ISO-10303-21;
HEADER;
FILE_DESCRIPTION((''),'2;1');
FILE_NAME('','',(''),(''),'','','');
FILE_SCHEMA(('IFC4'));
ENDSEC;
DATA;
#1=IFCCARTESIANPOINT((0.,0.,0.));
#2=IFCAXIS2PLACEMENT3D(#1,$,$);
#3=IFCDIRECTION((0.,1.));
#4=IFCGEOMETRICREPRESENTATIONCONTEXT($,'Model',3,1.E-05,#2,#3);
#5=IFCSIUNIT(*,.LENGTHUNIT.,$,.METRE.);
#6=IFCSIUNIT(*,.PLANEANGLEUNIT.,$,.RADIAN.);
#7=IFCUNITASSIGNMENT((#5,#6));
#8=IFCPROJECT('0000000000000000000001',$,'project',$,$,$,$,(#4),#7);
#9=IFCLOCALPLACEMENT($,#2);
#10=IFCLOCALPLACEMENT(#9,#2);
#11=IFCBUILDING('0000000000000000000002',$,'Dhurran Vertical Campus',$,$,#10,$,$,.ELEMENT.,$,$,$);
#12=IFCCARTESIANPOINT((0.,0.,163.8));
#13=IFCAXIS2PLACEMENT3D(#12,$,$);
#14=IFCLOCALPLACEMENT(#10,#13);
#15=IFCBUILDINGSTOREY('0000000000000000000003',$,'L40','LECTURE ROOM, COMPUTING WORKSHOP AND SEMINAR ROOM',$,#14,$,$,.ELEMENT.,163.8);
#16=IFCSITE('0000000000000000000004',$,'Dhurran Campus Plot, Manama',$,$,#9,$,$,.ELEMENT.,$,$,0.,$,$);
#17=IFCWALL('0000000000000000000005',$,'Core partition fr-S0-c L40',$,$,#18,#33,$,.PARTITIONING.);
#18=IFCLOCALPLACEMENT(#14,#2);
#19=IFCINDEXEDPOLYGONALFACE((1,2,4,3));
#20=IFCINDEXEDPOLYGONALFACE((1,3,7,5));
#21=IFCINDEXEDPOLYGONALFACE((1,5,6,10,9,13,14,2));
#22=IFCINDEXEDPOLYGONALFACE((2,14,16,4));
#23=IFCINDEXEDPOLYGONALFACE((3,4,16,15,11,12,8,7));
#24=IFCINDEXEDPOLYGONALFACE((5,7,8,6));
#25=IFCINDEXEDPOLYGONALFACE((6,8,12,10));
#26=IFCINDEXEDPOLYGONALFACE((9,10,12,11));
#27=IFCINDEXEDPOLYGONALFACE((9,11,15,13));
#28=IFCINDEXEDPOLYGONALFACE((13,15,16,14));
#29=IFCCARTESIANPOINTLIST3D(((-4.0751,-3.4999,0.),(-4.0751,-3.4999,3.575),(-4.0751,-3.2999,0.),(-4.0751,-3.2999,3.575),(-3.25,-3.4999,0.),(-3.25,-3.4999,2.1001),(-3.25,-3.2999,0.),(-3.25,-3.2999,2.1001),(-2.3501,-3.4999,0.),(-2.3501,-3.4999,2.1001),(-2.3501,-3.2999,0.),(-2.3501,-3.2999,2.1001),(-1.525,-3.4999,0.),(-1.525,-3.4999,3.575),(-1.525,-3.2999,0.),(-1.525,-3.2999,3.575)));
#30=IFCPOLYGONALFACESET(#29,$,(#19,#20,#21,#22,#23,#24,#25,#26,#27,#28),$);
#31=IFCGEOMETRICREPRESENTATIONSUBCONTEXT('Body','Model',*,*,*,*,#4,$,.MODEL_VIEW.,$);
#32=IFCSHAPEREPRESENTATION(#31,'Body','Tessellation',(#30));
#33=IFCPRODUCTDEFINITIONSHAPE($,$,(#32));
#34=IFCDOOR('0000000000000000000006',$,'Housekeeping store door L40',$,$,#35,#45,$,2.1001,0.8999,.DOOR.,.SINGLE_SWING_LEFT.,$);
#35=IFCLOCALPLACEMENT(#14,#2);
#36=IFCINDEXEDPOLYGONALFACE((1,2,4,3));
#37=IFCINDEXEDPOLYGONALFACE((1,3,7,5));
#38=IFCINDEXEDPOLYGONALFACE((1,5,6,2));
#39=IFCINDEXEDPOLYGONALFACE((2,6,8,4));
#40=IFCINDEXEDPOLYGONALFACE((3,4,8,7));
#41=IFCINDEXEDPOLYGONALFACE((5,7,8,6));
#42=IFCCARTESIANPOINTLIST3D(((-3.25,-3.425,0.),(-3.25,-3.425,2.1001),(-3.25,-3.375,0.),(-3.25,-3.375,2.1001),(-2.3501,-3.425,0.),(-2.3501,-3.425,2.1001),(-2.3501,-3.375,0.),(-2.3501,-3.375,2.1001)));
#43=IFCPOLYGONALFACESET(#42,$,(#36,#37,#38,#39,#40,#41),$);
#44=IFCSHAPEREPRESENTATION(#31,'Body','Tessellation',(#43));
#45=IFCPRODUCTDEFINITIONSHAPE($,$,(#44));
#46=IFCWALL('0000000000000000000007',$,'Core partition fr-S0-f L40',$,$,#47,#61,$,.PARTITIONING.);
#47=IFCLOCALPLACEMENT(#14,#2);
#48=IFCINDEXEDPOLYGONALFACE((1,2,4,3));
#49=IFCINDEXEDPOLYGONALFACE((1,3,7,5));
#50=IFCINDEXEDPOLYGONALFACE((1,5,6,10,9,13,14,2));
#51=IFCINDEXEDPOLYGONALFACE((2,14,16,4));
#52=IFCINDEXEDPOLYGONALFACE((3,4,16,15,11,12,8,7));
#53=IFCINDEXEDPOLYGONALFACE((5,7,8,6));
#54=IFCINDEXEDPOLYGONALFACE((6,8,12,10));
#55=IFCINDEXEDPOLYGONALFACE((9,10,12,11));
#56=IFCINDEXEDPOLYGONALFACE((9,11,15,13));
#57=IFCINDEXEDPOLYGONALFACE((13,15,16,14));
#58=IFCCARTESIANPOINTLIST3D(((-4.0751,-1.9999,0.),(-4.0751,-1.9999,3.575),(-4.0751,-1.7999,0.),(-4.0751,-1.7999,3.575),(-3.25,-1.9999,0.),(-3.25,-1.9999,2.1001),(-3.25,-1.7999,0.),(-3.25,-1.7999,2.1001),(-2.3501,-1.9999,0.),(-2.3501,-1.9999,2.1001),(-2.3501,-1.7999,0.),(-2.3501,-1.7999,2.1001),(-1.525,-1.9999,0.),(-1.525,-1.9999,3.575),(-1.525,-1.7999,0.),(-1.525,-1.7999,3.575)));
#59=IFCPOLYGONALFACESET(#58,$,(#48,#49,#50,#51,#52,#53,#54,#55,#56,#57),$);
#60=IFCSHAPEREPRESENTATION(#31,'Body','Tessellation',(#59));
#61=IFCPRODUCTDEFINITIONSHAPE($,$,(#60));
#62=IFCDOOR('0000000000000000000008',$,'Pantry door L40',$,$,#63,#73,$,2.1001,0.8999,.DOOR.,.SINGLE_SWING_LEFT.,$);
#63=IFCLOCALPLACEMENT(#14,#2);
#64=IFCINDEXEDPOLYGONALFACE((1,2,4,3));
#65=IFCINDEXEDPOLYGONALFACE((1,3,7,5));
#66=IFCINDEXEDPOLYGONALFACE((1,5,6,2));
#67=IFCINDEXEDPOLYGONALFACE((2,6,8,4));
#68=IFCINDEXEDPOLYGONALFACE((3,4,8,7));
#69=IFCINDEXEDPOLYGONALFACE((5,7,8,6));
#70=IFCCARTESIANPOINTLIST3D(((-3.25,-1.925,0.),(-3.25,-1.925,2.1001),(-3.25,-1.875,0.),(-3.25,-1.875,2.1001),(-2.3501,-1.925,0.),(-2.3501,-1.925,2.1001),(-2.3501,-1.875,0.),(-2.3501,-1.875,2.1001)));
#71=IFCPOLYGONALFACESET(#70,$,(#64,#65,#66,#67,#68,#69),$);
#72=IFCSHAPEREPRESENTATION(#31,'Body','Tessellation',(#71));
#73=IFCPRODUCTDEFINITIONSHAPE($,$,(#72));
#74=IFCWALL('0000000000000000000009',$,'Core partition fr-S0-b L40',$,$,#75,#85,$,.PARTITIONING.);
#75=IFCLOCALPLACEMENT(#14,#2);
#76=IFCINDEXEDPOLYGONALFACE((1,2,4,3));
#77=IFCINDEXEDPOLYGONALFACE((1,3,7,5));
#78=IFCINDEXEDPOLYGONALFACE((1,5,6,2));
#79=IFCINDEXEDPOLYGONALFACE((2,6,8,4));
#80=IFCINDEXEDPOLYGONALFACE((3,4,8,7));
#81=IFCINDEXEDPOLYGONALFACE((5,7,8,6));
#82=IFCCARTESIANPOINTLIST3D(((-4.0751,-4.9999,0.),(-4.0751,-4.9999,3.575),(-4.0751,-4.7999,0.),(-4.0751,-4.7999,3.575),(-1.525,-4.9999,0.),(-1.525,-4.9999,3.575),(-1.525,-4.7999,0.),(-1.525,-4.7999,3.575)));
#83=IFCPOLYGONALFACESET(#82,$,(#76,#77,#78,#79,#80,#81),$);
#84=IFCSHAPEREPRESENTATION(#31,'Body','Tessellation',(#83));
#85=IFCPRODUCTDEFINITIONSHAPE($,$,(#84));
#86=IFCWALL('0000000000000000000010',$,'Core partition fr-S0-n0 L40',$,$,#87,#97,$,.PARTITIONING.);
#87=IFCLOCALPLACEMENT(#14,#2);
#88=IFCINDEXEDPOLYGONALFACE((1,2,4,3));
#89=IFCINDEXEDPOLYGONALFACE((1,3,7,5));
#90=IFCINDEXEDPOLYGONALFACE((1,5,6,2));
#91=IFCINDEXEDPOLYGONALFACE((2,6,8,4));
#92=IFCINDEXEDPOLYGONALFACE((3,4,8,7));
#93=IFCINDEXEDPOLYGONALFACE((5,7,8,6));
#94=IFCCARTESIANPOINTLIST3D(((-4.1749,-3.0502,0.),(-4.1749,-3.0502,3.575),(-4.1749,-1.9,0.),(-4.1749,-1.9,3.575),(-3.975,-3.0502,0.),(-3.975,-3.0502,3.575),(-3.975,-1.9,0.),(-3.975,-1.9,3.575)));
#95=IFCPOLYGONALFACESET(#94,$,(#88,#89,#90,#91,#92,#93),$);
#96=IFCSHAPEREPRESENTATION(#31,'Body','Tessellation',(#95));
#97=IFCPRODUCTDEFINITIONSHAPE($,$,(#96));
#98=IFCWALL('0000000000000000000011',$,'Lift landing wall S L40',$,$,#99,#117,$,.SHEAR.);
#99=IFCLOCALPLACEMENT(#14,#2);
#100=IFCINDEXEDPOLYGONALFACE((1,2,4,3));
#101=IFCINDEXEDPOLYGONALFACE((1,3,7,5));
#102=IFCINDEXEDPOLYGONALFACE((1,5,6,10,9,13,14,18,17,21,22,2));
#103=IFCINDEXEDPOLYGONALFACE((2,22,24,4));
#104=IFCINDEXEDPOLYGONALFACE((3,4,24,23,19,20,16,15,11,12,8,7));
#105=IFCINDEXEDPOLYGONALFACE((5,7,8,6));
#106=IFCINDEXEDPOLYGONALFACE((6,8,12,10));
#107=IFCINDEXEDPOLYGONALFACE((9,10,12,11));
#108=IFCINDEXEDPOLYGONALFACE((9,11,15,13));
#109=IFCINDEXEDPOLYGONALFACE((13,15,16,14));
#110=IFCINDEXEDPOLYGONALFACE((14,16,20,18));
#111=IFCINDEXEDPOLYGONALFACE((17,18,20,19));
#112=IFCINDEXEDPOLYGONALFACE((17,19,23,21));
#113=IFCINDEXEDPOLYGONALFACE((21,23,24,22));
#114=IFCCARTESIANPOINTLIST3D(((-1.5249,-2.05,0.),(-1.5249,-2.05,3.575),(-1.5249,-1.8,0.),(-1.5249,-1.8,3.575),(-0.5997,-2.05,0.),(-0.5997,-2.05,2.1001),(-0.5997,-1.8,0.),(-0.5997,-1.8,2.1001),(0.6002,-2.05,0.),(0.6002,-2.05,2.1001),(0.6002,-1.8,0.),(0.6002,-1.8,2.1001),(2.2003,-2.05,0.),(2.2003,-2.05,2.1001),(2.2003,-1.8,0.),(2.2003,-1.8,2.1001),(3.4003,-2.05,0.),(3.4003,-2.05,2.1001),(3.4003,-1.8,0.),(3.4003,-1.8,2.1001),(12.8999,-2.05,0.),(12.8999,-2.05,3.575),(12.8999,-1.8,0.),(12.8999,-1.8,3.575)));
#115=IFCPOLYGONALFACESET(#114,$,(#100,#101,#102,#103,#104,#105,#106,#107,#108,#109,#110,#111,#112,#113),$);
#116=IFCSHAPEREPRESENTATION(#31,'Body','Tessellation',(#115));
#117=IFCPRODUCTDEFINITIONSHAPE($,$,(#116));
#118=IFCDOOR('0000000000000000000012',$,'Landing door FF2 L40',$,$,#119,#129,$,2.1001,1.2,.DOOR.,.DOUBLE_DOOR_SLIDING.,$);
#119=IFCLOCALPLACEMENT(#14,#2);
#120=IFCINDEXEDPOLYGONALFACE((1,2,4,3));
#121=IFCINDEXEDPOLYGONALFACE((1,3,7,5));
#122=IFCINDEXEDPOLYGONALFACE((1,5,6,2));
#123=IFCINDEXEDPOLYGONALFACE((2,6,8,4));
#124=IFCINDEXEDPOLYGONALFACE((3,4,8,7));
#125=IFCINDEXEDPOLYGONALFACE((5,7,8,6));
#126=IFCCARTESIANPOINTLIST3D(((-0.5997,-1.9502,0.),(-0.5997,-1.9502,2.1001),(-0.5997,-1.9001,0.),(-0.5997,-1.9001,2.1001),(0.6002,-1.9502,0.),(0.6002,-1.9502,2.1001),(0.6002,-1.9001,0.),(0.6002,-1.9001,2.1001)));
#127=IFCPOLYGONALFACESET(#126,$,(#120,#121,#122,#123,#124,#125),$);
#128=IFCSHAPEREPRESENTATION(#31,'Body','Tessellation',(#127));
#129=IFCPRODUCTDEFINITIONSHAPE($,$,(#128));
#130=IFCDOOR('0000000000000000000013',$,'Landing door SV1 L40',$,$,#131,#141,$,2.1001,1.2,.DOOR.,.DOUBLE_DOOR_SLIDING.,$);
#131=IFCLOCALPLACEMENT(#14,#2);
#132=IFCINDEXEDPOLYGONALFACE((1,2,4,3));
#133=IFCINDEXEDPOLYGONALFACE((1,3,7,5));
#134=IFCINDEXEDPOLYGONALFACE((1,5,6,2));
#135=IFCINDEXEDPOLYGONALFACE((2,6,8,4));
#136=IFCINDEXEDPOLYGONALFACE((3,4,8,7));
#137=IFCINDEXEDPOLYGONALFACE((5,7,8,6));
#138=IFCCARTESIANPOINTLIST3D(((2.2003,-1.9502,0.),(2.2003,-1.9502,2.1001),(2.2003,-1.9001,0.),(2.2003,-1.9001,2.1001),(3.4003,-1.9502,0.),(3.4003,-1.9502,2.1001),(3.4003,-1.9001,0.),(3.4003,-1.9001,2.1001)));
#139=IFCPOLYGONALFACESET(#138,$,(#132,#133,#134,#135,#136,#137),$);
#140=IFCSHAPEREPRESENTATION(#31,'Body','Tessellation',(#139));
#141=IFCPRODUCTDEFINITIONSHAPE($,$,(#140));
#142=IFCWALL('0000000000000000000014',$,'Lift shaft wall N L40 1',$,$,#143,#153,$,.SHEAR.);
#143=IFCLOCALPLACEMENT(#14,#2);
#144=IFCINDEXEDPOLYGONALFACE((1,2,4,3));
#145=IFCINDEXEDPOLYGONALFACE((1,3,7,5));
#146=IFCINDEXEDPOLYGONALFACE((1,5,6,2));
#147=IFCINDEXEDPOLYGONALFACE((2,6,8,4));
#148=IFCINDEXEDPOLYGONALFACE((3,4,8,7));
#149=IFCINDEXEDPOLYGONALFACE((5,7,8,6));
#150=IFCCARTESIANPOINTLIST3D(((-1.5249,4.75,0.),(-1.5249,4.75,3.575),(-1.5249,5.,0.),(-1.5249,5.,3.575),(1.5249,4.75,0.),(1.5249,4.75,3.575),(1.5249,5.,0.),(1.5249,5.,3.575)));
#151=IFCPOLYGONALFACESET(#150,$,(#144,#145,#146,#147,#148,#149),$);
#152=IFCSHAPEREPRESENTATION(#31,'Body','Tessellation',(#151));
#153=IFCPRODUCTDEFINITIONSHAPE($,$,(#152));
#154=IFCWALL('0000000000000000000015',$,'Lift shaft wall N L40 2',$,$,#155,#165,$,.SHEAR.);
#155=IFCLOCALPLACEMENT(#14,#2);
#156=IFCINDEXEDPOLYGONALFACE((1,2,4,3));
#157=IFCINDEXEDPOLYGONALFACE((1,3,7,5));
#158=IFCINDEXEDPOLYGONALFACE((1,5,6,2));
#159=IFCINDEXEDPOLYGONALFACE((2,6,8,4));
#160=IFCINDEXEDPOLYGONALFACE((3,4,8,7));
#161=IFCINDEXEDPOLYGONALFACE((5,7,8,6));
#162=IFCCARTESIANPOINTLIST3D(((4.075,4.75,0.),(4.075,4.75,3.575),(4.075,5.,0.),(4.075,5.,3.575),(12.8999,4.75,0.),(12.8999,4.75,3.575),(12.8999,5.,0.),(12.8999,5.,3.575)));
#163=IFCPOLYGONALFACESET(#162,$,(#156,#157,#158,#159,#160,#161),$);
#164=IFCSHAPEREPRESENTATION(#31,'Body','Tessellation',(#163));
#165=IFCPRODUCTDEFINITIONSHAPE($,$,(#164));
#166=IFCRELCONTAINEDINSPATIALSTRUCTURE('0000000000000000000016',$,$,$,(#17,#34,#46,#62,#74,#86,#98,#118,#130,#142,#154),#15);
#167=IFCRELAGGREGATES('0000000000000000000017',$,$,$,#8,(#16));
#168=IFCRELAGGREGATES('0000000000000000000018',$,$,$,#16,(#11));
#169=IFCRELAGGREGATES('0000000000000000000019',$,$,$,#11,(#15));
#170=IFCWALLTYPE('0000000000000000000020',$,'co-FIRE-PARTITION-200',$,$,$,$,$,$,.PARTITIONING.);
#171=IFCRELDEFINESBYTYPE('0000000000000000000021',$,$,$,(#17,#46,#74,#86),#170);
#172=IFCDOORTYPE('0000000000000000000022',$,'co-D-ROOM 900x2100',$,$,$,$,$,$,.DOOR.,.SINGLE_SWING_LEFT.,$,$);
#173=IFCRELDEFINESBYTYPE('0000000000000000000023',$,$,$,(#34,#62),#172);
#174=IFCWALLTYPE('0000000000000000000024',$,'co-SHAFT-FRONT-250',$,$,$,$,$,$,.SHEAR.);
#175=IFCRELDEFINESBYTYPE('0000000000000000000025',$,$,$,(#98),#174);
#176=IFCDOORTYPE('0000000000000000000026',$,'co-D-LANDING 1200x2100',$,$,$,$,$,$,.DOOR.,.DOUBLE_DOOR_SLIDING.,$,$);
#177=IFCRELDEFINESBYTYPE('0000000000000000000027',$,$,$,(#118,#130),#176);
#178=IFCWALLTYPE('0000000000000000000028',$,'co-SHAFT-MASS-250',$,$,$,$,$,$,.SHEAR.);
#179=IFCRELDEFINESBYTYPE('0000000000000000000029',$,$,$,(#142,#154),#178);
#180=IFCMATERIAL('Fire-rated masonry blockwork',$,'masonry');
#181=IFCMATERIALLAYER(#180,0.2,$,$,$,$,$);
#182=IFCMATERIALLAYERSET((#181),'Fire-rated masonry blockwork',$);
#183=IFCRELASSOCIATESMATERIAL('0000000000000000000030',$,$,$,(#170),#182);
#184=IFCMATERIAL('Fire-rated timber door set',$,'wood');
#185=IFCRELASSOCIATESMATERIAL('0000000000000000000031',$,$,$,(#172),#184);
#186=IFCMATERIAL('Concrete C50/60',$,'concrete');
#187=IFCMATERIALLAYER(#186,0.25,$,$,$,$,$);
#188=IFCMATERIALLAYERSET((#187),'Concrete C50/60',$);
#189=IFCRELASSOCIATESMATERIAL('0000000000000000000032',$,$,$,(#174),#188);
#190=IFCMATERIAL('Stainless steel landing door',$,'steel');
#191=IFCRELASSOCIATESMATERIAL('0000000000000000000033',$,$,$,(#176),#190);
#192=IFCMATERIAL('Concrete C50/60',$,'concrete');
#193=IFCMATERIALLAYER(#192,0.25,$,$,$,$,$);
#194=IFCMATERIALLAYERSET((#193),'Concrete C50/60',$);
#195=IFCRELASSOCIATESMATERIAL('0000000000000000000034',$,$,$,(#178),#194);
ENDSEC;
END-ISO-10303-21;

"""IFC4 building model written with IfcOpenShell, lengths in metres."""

from ifc_helpers import new_model, si_unit, direction, frame, frame_2d, origin, place, context, subcontext, project, spatial, polyline, rectangle, outline, extrude, material, layer, layer_set, type_object, element, fill, save


model = new_model("IFC4")

# Units and contexts
model_context = context("Model", 3, precision=1e-05, world=origin(), true_north=direction((0.0, 1.0)))
body_context = subcontext(model_context, "Body", "Model", "MODEL_VIEW")
ifc_project = project(units=[si_unit("LENGTHUNIT", "METRE"), si_unit("PLANEANGLEUNIT", "RADIAN")], contexts=[model_context])

# Site, building, storey
site_placement = place(None, origin())
site = spatial("IfcSite", under=ifc_project, at=site_placement, Name="Dhurran Campus Plot, Manama", CompositionType="ELEMENT", RefElevation=0.0)
building_placement = place(site_placement, origin())
building = spatial("IfcBuilding", under=site, at=building_placement, Name="Dhurran Vertical Campus", CompositionType="ELEMENT")
storey_placement = place(building_placement, frame((0.0, 0.0, 163.8)))
storey = spatial("IfcBuildingStorey", under=building, at=storey_placement, Name="L40", Description="LECTURE ROOM, COMPUTING WORKSHOP AND SEMINAR ROOM", CompositionType="ELEMENT", Elevation=163.8)

# Shared definitions
ifc_material_1 = material(Name="Fire-rated masonry blockwork", Category="masonry")
ifc_layer_1 = layer(ifc_material_1, 0.2)
ifc_layer_set_1 = layer_set([ifc_layer_1], Name="Fire-rated masonry blockwork")
wall_type_1 = type_object("IfcWallType", Name="co-FIRE-PARTITION-200", PredefinedType="PARTITIONING", material=ifc_layer_set_1)

# Walls, openings, doors
wall_1_placement = place(storey_placement, frame((-4.075, -3.3999, 0.0), z_axis=(0.0, 0.0, 1.0), x_axis=(1.0, 0.0, 0.0)))
wall_1 = element("IfcWall", 1, at=wall_1_placement, inside=storey, type_object=wall_type_1, Name="Core partition fr-S0-c L40", PredefinedType="PARTITIONING", context=body_context, shape_type="SweptSolid", body=[
    extrude(rectangle(XDim=2.55, YDim=0.2, at=frame_2d((1.2749, 0.0))), origin(), (0.0, 0.0, 1.0), 3.575),
])
opening_1_placement = place(wall_1_placement, frame((0.825, 0.0, 0.0)))
opening_1 = element("IfcOpeningElement", 2, at=opening_1_placement, cuts=wall_1, PredefinedType="OPENING", context=body_context, shape_type="SweptSolid", body=[
    extrude(rectangle(XDim=0.8999, YDim=2.1001, at=frame_2d((0.45, 1.05))), frame((0.0, 0.1099, 0.0), z_axis=(0.0, -1.0, 0.0), x_axis=(1.0, 0.0, 0.0)), (0.0, 0.0, 1.0), 0.22),
])
ifc_material_2 = material(Name="Fire-rated timber door set", Category="wood")
door_type_1 = type_object("IfcDoorType", Name="co-D-ROOM 900x2100", OperationType="SINGLE_SWING_LEFT", PredefinedType="DOOR", material=ifc_material_2)
door_1_placement = place(opening_1_placement, origin())
door_1 = element("IfcDoor", 3, at=door_1_placement, inside=storey, type_object=door_type_1, Name="Housekeeping store door L40", OperationType="SINGLE_SWING_LEFT", OverallHeight=2.1001, OverallWidth=0.8999, PredefinedType="DOOR", context=body_context, shape_type="SweptSolid", body=[
    extrude(rectangle(XDim=0.8999, YDim=2.1001, at=frame_2d((0.45, 1.05))), frame((0.0, 0.0249, 0.0), z_axis=(0.0, -1.0, 0.0), x_axis=(1.0, 0.0, 0.0)), (0.0, 0.0, 1.0), 0.05),
])
fill(opening_1, door_1)
wall_2_placement = place(storey_placement, frame((-4.075, -1.8999, 0.0), z_axis=(0.0, 0.0, 1.0), x_axis=(1.0, 0.0, 0.0)))
wall_2 = element("IfcWall", 4, at=wall_2_placement, inside=storey, type_object=wall_type_1, Name="Core partition fr-S0-f L40", PredefinedType="PARTITIONING", context=body_context, shape_type="SweptSolid", body=[
    extrude(rectangle(XDim=2.55, YDim=0.2, at=frame_2d((1.2749, 0.0))), origin(), (0.0, 0.0, 1.0), 3.575),
])
opening_2_placement = place(wall_2_placement, frame((0.825, 0.0, 0.0)))
opening_2 = element("IfcOpeningElement", 5, at=opening_2_placement, cuts=wall_2, PredefinedType="OPENING", context=body_context, shape_type="SweptSolid", body=[
    extrude(rectangle(XDim=0.8999, YDim=2.1001, at=frame_2d((0.45, 1.05))), frame((0.0, 0.1099, 0.0), z_axis=(0.0, -1.0, 0.0), x_axis=(1.0, 0.0, 0.0)), (0.0, 0.0, 1.0), 0.22),
])
door_2_placement = place(opening_2_placement, origin())
door_2 = element("IfcDoor", 6, at=door_2_placement, inside=storey, type_object=door_type_1, Name="Pantry door L40", OperationType="SINGLE_SWING_LEFT", OverallHeight=2.1001, OverallWidth=0.8999, PredefinedType="DOOR", context=body_context, shape_type="SweptSolid", body=[
    extrude(rectangle(XDim=0.8999, YDim=2.1001, at=frame_2d((0.45, 1.05))), frame((0.0, 0.0249, 0.0), z_axis=(0.0, -1.0, 0.0), x_axis=(1.0, 0.0, 0.0)), (0.0, 0.0, 1.0), 0.05),
])
fill(opening_2, door_2)

# Walls
wall_3_placement = place(storey_placement, frame((-4.075, -4.8999, 0.0), z_axis=(0.0, 0.0, 1.0), x_axis=(1.0, 0.0, 0.0)))
element("IfcWall", 7, at=wall_3_placement, inside=storey, type_object=wall_type_1, Name="Core partition fr-S0-b L40", PredefinedType="PARTITIONING", context=body_context, shape_type="SweptSolid", body=[
    extrude(rectangle(XDim=2.55, YDim=0.2, at=frame_2d((1.2749, 0.0))), origin(), (0.0, 0.0, 1.0), 3.575),
])
wall_4_placement = place(storey_placement, frame((-4.075, -1.8999, 0.0), z_axis=(0.0, 0.0, 1.0), x_axis=(0.0, -1.0, 0.0)))
element("IfcWall", 8, at=wall_4_placement, inside=storey, type_object=wall_type_1, Name="Core partition fr-S0-n0 L40", PredefinedType="PARTITIONING", context=body_context, shape_type="SweptSolid", body=[
    extrude(rectangle(XDim=1.1501, YDim=0.2, at=frame_2d((0.5752, 0.0))), origin(), (0.0, 0.0, 1.0), 3.575),
])

# Wall, openings, doors
ifc_material_3 = material(Name="Concrete C50/60", Category="concrete")
ifc_layer_2 = layer(ifc_material_3, 0.25)
ifc_layer_set_2 = layer_set([ifc_layer_2], Name="Concrete C50/60")
wall_type_2 = type_object("IfcWallType", Name="co-SHAFT-FRONT-250", PredefinedType="SHEAR", material=ifc_layer_set_2)
wall_5_placement = place(storey_placement, frame((-1.5249, -1.925, 0.0), z_axis=(0.0, 0.0, 1.0), x_axis=(1.0, 0.0, 0.0)))
wall_5 = element("IfcWall", 9, at=wall_5_placement, inside=storey, type_object=wall_type_2, Name="Lift landing wall S L40", PredefinedType="SHEAR", context=body_context, shape_type="SweptSolid", body=[
    extrude(rectangle(XDim=14.4248, YDim=0.25, at=frame_2d((7.2124, 0.0))), origin(), (0.0, 0.0, 1.0), 3.575),
])
opening_3_placement = place(wall_5_placement, frame((0.925, 0.0, 0.0)))
opening_3 = element("IfcOpeningElement", 10, at=opening_3_placement, cuts=wall_5, PredefinedType="OPENING", context=body_context, shape_type="SweptSolid", body=[
    extrude(rectangle(XDim=1.2, YDim=2.1001, at=frame_2d((0.6001, 1.05))), frame((0.0, 0.135, 0.0), z_axis=(0.0, -1.0, 0.0), x_axis=(1.0, 0.0, 0.0)), (0.0, 0.0, 1.0), 0.27),
])
opening_4_placement = place(wall_5_placement, frame((3.7251, 0.0, 0.0)))
opening_4 = element("IfcOpeningElement", 11, at=opening_4_placement, cuts=wall_5, PredefinedType="OPENING", context=body_context, shape_type="SweptSolid", body=[
    extrude(rectangle(XDim=1.2, YDim=2.1001, at=frame_2d((0.6001, 1.05))), frame((0.0, 0.135, 0.0), z_axis=(0.0, -1.0, 0.0), x_axis=(1.0, 0.0, 0.0)), (0.0, 0.0, 1.0), 0.27),
])
ifc_material_4 = material(Name="Stainless steel landing door", Category="steel")
door_type_2 = type_object("IfcDoorType", Name="co-D-LANDING 1200x2100", OperationType="DOUBLE_DOOR_SLIDING", PredefinedType="DOOR", material=ifc_material_4)
door_3_placement = place(opening_3_placement, origin())
door_3 = element("IfcDoor", 12, at=door_3_placement, inside=storey, type_object=door_type_2, Name="Landing door FF2 L40", OperationType="DOUBLE_DOOR_SLIDING", OverallHeight=2.1001, OverallWidth=1.2, PredefinedType="DOOR", context=body_context, shape_type="SweptSolid", body=[
    extrude(rectangle(XDim=1.2, YDim=2.1001, at=frame_2d((0.6001, 1.05))), frame((0.0, 0.0249, 0.0), z_axis=(0.0, -1.0, 0.0), x_axis=(1.0, 0.0, 0.0)), (0.0, 0.0, 1.0), 0.05),
])
fill(opening_3, door_3)
door_4_placement = place(opening_4_placement, origin())
door_4 = element("IfcDoor", 13, at=door_4_placement, inside=storey, type_object=door_type_2, Name="Landing door SV1 L40", OperationType="DOUBLE_DOOR_SLIDING", OverallHeight=2.1001, OverallWidth=1.2, PredefinedType="DOOR", context=body_context, shape_type="SweptSolid", body=[
    extrude(rectangle(XDim=1.2, YDim=2.1001, at=frame_2d((0.6001, 1.05))), frame((0.0, 0.0249, 0.0), z_axis=(0.0, -1.0, 0.0), x_axis=(1.0, 0.0, 0.0)), (0.0, 0.0, 1.0), 0.05),
])
fill(opening_4, door_4)

# Walls
ifc_material_5 = material(Name="Concrete C50/60", Category="concrete")
ifc_layer_3 = layer(ifc_material_5, 0.25)
ifc_layer_set_3 = layer_set([ifc_layer_3], Name="Concrete C50/60")
wall_type_3 = type_object("IfcWallType", Name="co-SHAFT-MASS-250", PredefinedType="SHEAR", material=ifc_layer_set_3)
wall_6_placement = place(storey_placement, origin())
element("IfcWall", 14, at=wall_6_placement, inside=storey, type_object=wall_type_3, Name="Lift shaft wall N L40 1", PredefinedType="SHEAR", context=body_context, shape_type="SweptSolid", body=[
    extrude(outline(polyline([(-1.5249, 4.75), (1.5249, 4.75), (1.5249, 5.0), (-1.5249, 5.0), (-1.5249, 4.75)])), origin(), (0.0, 0.0, 1.0), 3.575),
])
wall_7_placement = place(storey_placement, origin())
element("IfcWall", 15, at=wall_7_placement, inside=storey, type_object=wall_type_3, Name="Lift shaft wall N L40 2", PredefinedType="SHEAR", context=body_context, shape_type="SweptSolid", body=[
    extrude(outline(polyline([(4.075, 4.75), (12.8999, 4.75), (12.8999, 5.0), (4.075, 5.0), (4.075, 4.75)])), origin(), (0.0, 0.0, 1.0), 3.575),
])

save(model, "model.ifc")
